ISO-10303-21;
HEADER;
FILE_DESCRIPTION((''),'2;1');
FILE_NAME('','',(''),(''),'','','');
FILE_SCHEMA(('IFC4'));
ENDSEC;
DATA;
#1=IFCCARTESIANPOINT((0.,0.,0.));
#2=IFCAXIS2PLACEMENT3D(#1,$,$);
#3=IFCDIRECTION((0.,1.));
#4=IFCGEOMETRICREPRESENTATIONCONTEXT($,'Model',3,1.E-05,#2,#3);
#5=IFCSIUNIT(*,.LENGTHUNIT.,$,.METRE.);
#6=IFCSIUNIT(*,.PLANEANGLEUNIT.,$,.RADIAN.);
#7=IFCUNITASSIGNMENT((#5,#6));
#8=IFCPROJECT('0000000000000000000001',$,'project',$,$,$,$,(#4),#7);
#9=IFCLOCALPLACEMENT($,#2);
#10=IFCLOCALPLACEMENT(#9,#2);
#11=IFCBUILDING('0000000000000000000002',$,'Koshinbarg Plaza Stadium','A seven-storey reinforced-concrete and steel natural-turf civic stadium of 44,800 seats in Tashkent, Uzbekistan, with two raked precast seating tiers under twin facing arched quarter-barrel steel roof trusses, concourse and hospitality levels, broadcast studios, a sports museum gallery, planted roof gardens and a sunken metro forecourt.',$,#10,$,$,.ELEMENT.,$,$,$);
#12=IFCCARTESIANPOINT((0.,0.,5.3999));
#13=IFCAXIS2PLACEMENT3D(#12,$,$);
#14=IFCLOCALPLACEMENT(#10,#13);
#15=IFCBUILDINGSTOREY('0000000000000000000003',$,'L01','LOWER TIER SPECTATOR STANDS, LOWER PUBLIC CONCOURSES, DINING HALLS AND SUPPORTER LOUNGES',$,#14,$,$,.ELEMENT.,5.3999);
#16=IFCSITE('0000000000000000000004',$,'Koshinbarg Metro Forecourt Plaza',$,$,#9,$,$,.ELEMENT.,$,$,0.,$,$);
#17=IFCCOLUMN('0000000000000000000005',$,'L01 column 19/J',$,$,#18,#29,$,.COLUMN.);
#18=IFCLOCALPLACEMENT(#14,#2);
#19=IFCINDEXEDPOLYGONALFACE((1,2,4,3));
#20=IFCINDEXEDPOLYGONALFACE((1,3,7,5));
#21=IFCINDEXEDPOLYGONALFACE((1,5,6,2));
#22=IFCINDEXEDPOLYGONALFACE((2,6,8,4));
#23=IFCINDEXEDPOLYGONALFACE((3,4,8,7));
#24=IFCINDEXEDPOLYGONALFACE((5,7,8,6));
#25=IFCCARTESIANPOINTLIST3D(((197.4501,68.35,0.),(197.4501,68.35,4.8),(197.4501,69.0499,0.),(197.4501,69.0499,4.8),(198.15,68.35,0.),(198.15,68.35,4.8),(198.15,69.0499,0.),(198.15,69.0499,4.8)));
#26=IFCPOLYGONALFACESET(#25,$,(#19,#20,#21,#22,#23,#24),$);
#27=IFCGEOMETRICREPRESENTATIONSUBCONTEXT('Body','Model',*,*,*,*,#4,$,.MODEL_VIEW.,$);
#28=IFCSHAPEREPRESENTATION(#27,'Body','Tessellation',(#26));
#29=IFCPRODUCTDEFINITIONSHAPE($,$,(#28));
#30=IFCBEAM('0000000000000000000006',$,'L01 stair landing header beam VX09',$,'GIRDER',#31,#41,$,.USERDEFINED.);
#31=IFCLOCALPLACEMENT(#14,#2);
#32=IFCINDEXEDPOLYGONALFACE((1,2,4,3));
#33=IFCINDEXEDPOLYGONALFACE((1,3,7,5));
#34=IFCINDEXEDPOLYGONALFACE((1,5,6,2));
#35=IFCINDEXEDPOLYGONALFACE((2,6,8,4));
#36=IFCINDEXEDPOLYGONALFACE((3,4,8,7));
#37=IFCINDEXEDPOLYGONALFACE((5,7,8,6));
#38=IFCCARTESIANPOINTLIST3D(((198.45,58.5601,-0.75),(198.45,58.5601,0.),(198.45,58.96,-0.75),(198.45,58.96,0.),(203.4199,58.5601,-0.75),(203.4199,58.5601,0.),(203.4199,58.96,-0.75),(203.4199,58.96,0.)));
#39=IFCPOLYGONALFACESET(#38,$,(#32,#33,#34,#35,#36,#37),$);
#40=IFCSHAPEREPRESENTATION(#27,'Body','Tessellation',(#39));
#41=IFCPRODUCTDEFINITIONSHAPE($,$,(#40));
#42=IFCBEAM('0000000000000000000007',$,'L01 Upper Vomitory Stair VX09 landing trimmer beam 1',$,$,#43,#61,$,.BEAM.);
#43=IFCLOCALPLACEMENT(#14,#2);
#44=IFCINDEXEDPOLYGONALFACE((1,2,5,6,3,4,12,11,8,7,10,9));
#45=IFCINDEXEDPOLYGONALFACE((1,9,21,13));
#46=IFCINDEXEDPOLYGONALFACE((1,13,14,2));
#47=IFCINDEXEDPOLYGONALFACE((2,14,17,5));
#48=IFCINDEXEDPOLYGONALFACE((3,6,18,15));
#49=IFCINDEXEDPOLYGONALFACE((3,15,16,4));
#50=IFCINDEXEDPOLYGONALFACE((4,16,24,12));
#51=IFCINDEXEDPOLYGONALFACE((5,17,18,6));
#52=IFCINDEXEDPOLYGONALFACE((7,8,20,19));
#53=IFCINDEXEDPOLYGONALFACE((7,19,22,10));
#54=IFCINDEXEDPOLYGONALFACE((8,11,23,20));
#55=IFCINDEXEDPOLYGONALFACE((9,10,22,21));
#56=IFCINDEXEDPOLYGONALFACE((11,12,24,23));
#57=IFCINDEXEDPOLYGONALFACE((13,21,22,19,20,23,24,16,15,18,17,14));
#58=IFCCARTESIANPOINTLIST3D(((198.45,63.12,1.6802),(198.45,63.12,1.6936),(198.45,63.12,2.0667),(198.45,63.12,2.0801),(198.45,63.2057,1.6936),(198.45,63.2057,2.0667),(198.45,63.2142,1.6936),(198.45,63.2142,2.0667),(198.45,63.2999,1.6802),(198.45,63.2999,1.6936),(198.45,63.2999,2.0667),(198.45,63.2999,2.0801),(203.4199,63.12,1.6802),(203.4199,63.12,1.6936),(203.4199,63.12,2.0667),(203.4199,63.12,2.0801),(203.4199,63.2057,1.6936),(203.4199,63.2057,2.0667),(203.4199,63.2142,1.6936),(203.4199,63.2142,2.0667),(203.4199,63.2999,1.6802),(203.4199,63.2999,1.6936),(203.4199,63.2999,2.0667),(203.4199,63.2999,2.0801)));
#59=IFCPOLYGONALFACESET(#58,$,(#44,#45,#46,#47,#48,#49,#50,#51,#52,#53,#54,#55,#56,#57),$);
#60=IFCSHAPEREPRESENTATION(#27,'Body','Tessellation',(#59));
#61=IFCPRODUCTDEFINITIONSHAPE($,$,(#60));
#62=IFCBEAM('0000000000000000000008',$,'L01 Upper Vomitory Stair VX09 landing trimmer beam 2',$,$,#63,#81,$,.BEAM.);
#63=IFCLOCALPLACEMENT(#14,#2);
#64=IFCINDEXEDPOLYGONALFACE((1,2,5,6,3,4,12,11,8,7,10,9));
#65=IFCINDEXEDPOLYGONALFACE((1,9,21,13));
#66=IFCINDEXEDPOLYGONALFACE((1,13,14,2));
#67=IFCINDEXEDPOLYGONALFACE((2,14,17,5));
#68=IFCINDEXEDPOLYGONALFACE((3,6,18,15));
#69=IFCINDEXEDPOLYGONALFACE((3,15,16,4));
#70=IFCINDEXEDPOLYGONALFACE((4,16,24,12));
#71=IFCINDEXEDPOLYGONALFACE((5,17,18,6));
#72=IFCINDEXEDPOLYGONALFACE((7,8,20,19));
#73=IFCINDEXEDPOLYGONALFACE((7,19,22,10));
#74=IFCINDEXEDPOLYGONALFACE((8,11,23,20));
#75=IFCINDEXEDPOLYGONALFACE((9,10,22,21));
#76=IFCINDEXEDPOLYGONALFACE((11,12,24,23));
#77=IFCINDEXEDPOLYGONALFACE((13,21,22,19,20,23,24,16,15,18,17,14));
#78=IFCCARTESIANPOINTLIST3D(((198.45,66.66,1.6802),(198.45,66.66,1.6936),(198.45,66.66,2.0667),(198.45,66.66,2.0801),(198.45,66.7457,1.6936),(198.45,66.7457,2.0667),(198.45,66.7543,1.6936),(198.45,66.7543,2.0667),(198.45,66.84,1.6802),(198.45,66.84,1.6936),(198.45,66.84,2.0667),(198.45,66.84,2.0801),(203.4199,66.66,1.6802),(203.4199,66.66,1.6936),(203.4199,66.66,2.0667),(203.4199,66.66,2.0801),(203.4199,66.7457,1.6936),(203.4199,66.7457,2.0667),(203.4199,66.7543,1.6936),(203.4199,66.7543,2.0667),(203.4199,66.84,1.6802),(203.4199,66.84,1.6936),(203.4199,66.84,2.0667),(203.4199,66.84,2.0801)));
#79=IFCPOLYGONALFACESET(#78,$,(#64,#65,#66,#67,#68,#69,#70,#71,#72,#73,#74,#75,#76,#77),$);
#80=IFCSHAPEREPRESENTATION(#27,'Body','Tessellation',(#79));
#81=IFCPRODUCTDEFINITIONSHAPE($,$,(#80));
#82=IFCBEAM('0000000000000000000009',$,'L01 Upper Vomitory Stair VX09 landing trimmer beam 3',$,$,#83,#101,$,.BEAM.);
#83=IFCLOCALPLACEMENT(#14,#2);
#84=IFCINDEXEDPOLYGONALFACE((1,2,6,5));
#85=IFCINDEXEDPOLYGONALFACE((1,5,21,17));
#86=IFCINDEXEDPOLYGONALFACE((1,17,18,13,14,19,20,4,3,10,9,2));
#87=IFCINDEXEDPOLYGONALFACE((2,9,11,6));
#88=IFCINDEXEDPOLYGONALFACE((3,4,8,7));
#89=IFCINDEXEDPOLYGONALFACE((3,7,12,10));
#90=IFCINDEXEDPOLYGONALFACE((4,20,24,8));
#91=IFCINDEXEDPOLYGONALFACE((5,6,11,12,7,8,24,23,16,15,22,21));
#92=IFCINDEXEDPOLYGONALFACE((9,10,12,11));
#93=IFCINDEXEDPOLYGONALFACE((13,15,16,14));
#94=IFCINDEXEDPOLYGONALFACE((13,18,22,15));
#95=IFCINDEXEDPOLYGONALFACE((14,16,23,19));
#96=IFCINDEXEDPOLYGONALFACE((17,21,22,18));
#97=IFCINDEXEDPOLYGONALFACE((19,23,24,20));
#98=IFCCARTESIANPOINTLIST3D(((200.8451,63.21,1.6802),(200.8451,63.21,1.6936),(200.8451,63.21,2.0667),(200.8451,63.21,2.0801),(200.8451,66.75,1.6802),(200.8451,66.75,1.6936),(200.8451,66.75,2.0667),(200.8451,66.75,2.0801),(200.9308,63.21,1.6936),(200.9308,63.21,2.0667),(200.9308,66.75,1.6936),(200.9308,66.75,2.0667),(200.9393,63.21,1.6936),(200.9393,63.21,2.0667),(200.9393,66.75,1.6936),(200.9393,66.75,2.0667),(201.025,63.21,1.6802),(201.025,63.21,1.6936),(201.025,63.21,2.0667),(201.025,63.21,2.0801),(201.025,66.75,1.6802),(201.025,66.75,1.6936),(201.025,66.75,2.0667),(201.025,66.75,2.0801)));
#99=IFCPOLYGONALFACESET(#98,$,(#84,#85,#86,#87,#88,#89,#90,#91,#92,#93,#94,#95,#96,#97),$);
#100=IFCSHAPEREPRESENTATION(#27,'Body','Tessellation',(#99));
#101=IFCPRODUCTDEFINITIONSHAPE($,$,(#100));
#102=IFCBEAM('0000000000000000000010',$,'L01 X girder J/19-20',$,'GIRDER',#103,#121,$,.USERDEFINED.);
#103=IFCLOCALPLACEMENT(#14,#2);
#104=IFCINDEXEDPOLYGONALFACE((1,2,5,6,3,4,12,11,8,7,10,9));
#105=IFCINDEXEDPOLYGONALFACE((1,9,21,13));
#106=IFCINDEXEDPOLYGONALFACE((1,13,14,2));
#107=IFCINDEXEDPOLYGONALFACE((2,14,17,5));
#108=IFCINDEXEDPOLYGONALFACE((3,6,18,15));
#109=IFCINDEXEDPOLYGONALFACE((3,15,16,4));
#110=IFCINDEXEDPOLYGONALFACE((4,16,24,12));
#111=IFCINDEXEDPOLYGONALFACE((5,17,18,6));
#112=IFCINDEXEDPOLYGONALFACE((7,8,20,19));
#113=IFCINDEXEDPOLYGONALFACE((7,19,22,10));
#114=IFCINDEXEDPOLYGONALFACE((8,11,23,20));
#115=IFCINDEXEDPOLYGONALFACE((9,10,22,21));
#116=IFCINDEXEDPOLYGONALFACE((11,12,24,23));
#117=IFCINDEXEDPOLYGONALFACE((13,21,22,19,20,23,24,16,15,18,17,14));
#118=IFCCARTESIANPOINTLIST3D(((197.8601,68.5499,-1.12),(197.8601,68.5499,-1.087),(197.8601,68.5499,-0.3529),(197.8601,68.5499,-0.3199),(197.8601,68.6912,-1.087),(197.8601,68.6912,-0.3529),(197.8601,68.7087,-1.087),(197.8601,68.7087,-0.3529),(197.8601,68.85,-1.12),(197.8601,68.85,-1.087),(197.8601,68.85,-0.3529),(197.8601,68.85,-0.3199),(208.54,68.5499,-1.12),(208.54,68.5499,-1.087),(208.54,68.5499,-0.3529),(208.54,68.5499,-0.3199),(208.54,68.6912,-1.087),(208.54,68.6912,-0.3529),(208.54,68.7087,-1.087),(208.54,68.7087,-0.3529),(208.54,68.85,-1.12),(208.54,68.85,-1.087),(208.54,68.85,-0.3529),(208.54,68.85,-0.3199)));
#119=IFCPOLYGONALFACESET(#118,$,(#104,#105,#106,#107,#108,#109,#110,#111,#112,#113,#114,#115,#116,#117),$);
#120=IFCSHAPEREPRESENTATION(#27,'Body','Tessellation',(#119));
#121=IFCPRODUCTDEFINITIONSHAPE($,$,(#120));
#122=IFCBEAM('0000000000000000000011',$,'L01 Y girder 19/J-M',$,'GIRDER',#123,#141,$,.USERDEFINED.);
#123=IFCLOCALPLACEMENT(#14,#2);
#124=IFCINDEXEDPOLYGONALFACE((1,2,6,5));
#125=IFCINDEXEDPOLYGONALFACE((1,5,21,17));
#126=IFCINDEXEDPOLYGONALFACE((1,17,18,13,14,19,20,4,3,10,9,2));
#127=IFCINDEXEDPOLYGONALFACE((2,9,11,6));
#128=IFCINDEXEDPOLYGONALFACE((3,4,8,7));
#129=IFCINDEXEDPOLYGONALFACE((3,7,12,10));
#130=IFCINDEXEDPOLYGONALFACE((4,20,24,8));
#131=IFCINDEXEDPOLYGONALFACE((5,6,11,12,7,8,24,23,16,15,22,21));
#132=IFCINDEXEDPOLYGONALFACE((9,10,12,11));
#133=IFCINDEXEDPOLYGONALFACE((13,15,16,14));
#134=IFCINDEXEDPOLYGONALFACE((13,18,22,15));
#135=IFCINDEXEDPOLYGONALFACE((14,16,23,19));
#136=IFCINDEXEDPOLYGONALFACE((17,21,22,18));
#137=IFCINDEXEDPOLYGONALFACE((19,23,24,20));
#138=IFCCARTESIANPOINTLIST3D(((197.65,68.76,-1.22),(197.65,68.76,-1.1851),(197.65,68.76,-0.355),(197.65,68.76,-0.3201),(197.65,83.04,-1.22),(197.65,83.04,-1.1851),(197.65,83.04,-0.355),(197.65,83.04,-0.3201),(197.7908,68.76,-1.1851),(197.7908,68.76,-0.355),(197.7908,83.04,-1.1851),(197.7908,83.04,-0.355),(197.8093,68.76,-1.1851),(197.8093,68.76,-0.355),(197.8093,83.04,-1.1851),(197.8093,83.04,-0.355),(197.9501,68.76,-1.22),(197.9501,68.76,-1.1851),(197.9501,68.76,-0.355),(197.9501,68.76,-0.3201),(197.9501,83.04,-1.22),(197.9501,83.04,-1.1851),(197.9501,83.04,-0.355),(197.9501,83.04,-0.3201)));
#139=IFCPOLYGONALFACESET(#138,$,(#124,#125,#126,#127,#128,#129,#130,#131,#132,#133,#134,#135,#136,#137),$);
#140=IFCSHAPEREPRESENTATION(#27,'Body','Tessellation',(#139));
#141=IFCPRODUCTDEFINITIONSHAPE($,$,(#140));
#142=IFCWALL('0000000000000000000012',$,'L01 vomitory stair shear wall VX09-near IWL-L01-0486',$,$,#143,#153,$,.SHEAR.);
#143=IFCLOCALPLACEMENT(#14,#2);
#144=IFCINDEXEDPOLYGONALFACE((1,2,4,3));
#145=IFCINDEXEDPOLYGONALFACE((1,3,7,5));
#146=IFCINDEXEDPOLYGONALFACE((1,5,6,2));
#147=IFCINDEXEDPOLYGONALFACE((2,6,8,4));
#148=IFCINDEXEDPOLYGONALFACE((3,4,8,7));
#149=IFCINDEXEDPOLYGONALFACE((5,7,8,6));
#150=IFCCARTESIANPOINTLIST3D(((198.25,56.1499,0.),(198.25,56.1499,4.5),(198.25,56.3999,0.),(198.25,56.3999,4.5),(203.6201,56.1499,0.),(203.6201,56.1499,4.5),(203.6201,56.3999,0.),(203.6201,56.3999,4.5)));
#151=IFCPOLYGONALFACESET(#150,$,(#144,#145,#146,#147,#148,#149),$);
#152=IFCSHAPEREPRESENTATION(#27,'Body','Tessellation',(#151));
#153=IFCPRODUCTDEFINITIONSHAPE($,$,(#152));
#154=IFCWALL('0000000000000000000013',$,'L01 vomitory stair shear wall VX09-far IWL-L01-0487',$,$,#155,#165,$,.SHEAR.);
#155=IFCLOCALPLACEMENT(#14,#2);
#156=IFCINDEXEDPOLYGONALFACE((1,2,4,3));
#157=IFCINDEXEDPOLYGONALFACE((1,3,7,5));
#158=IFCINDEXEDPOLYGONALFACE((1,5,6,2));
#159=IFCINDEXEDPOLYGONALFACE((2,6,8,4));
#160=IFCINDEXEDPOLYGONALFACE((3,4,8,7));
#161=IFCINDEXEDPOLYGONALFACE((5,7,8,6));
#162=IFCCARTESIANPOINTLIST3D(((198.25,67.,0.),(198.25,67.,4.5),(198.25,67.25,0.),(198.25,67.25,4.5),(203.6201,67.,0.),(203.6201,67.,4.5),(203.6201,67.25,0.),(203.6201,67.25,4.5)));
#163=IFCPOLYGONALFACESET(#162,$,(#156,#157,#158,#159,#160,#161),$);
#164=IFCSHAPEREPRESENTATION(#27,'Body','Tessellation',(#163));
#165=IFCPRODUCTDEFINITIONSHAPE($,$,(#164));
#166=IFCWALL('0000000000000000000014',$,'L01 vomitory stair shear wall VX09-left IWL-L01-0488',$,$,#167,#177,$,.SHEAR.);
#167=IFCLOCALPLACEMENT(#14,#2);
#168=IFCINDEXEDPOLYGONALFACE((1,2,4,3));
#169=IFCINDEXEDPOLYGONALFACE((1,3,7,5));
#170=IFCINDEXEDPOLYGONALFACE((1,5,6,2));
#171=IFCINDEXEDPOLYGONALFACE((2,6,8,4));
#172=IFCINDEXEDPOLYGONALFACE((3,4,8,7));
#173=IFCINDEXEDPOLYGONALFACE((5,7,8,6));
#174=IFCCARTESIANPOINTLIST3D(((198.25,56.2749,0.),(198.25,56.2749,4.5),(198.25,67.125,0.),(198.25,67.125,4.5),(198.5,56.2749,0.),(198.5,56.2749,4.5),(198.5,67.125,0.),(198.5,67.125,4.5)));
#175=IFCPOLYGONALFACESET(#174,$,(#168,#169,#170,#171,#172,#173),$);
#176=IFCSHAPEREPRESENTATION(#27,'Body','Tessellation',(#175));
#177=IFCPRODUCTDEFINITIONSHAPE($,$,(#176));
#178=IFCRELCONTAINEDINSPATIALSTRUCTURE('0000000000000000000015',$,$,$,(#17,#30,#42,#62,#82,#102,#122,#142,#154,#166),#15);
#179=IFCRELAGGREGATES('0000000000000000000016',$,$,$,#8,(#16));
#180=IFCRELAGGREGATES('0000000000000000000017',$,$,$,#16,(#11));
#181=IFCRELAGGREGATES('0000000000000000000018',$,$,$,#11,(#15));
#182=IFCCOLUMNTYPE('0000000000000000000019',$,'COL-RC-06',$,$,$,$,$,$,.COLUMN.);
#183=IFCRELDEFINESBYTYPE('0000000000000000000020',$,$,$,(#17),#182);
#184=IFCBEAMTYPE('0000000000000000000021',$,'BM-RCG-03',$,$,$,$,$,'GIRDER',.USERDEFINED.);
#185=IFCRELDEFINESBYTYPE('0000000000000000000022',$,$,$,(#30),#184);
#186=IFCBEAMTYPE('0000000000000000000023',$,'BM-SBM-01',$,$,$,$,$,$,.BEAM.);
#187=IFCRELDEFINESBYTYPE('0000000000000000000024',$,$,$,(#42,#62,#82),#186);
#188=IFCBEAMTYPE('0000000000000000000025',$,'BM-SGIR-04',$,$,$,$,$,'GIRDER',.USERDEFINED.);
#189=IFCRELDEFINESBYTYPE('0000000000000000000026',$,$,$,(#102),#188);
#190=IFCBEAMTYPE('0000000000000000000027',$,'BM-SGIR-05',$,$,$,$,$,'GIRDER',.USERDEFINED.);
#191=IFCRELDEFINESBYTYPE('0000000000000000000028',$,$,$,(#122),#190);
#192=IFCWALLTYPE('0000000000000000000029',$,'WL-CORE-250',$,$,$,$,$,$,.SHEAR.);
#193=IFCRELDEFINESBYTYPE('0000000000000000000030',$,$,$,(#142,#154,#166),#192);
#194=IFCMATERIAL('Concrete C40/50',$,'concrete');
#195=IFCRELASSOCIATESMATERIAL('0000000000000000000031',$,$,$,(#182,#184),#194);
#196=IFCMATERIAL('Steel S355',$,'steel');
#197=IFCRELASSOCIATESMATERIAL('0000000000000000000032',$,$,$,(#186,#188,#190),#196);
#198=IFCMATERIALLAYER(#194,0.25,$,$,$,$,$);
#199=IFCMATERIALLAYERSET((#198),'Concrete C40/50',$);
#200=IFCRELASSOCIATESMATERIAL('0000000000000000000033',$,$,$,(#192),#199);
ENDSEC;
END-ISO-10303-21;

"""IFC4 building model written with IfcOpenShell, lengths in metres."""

from ifc_helpers import new_model, si_unit, direction, frame, frame_2d, origin, origin_2d, place, context, subcontext, project, spatial, rectangle, i_section, extrude, material, layer, layer_set, material_profile, profile_set, type_object, element, save


model = new_model("IFC4")

# Units and contexts
model_context = context("Model", 3, precision=1e-05, world=origin(), true_north=direction((0.0, 1.0)))
body_context = subcontext(model_context, "Body", "Model", "MODEL_VIEW")
ifc_project = project(units=[si_unit("LENGTHUNIT", "METRE"), si_unit("PLANEANGLEUNIT", "RADIAN")], contexts=[model_context])

# Site, building, storey
site_placement = place(None, origin())
site = spatial("IfcSite", under=ifc_project, at=site_placement, Name="Koshinbarg Metro Forecourt Plaza", CompositionType="ELEMENT", RefElevation=0.0)
building_placement = place(site_placement, origin())
building = spatial("IfcBuilding", under=site, at=building_placement, Name="Koshinbarg Plaza Stadium", Description="A seven-storey reinforced-concrete and steel natural-turf civic stadium of 44,800 seats in Tashkent, Uzbekistan, with two raked precast seating tiers under twin facing arched quarter-barrel steel roof trusses, concourse and hospitality levels, broadcast studios, a sports museum gallery, planted roof gardens and a sunken metro forecourt.", CompositionType="ELEMENT")
storey_placement = place(building_placement, frame((0.0, 0.0, 5.3999)))
storey = spatial("IfcBuildingStorey", under=building, at=storey_placement, Name="L01", Description="LOWER TIER SPECTATOR STANDS, LOWER PUBLIC CONCOURSES, DINING HALLS AND SUPPORTER LOUNGES", CompositionType="ELEMENT", Elevation=5.3999)

# Column
ifc_material_1 = material(Name="Concrete C40/50", Category="concrete")
ifc_material_profile_1 = material_profile(ifc_material_1, rectangle(XDim=0.7, YDim=0.7, at=origin_2d()), Name="RC 700x700")
ifc_profile_set_1 = profile_set([ifc_material_profile_1], Name="Concrete C40/50")
column_type = type_object("IfcColumnType", Name="COL-RC-06", PredefinedType="COLUMN", material=ifc_profile_set_1)
column_placement = place(storey_placement, frame((197.8, 68.7, 0.0), z_axis=(0.0, 0.0, 1.0), x_axis=(1.0, 0.0, 0.0)))
element("IfcColumn", 1, at=column_placement, inside=storey, type_object=column_type, Name="L01 column 19/J", PredefinedType="COLUMN", context=body_context, shape_type="SweptSolid", body=[
    extrude(rectangle(XDim=0.7, YDim=0.7, at=origin_2d()), origin(), (0.0, 0.0, 1.0), 4.8),
])

# Beams
ifc_material_profile_2 = material_profile(ifc_material_1, rectangle(XDim=0.3999, YDim=0.75, at=origin_2d()), Name="RC 400x750")
ifc_profile_set_2 = profile_set([ifc_material_profile_2], Name="Concrete C40/50")
beam_type_1 = type_object("IfcBeamType", Name="BM-RCG-03", ElementType="GIRDER", PredefinedType="USERDEFINED", material=ifc_profile_set_2)
beam_1_placement = place(storey_placement, frame((198.45, 58.76, -0.375), z_axis=(1.0, 0.0, 0.0), x_axis=(0.0, 1.0, 0.0)))
element("IfcBeam", 2, at=beam_1_placement, inside=storey, type_object=beam_type_1, Name="L01 stair landing header beam VX09", ObjectType="GIRDER", PredefinedType="USERDEFINED", context=body_context, shape_type="SweptSolid", body=[
    extrude(rectangle(XDim=0.3999, YDim=0.75, at=origin_2d()), origin(), (0.0, 0.0, 1.0), 4.97),
])
ifc_material_2 = material(Name="Steel S355", Category="steel")
ifc_material_profile_3 = material_profile(ifc_material_2, i_section(OverallWidth=0.1799, OverallDepth=0.3999, WebThickness=0.0085, FlangeThickness=0.0134, at=origin_2d()), Name="IPE 400")
ifc_profile_set_3 = profile_set([ifc_material_profile_3], Name="Steel S355")
beam_type_2 = type_object("IfcBeamType", Name="BM-SBM-01", PredefinedType="BEAM", material=ifc_profile_set_3)
for number, where, z_axis, x_axis, name in (
    (3, (198.45, 63.21, 1.8801), (1.0, 0.0, 0.0), (0.0, 1.0, 0.0), "L01 Upper Vomitory Stair VX09 landing trimmer beam 1"),
    (4, (198.45, 66.75, 1.8801), (1.0, 0.0, 0.0), (0.0, 1.0, 0.0), "L01 Upper Vomitory Stair VX09 landing trimmer beam 2"),
):
    element("IfcBeam", number, at=place(storey_placement, frame(where, z_axis=z_axis, x_axis=x_axis)), inside=storey, type_object=beam_type_2, Name=name, PredefinedType="BEAM", context=body_context, shape_type="SweptSolid", body=[
        extrude(i_section(OverallWidth=0.1799, OverallDepth=0.3999, WebThickness=0.0085, FlangeThickness=0.0134, at=origin_2d()), origin(), (0.0, 0.0, 1.0), 4.97),
    ])
beam_2_placement = place(storey_placement, frame((200.9351, 63.21, 1.8801), z_axis=(0.0, 1.0, 0.0), x_axis=(-1.0, 0.0, 0.0)))
element("IfcBeam", 5, at=beam_2_placement, inside=storey, type_object=beam_type_2, Name="L01 Upper Vomitory Stair VX09 landing trimmer beam 3", PredefinedType="BEAM", context=body_context, shape_type="SweptSolid", body=[
    extrude(i_section(OverallWidth=0.1799, OverallDepth=0.3999, WebThickness=0.0085, FlangeThickness=0.0134, at=origin_2d()), origin(), (0.0, 0.0, 1.0), 3.54),
])
ifc_material_profile_4 = material_profile(ifc_material_2, i_section(OverallWidth=0.3, OverallDepth=0.8, WebThickness=0.0176, FlangeThickness=0.033, at=origin_2d()), Name="HEB 800")
ifc_profile_set_4 = profile_set([ifc_material_profile_4], Name="Steel S355")
beam_type_3 = type_object("IfcBeamType", Name="BM-SGIR-04", ElementType="GIRDER", PredefinedType="USERDEFINED", material=ifc_profile_set_4)
beam_3_placement = place(storey_placement, frame((197.8601, 68.7, -0.72), z_axis=(1.0, 0.0, 0.0), x_axis=(0.0, 1.0, 0.0)))
element("IfcBeam", 6, at=beam_3_placement, inside=storey, type_object=beam_type_3, Name="L01 X girder J/19-20", ObjectType="GIRDER", PredefinedType="USERDEFINED", context=body_context, shape_type="SweptSolid", body=[
    extrude(i_section(OverallWidth=0.3, OverallDepth=0.8, WebThickness=0.0176, FlangeThickness=0.033, at=origin_2d()), origin(), (0.0, 0.0, 1.0), 10.6799),
])
ifc_material_profile_5 = material_profile(ifc_material_2, i_section(OverallWidth=0.3, OverallDepth=0.8999, WebThickness=0.0186, FlangeThickness=0.0349, at=origin_2d()), Name="HEB 900")
ifc_profile_set_5 = profile_set([ifc_material_profile_5], Name="Steel S355")
beam_type_4 = type_object("IfcBeamType", Name="BM-SGIR-05", ElementType="GIRDER", PredefinedType="USERDEFINED", material=ifc_profile_set_5)
beam_4_placement = place(storey_placement, frame((197.8, 68.76, -0.77), z_axis=(0.0, 1.0, 0.0), x_axis=(-1.0, 0.0, 0.0)))
element("IfcBeam", 7, at=beam_4_placement, inside=storey, type_object=beam_type_4, Name="L01 Y girder 19/J-M", ObjectType="GIRDER", PredefinedType="USERDEFINED", context=body_context, shape_type="SweptSolid", body=[
    extrude(i_section(OverallWidth=0.3, OverallDepth=0.8999, WebThickness=0.0186, FlangeThickness=0.0349, at=origin_2d()), origin(), (0.0, 0.0, 1.0), 14.28),
])

# Walls
ifc_layer_1 = layer(ifc_material_1, 0.25)
ifc_layer_set_1 = layer_set([ifc_layer_1], Name="Concrete C40/50")
wall_type_1 = type_object("IfcWallType", Name="WL-CORE-250", PredefinedType="SHEAR", material=ifc_layer_set_1)
for number, where, z_axis, x_axis, name in (
    (8, (198.25, 56.2749, 0.0), (0.0, 0.0, 1.0), (1.0, 0.0, 0.0), "L01 vomitory stair shear wall VX09-near IWL-L01-0486"),
    (9, (203.6201, 67.125, 0.0), (0.0, 0.0, 1.0), (-1.0, 0.0, 0.0), "L01 vomitory stair shear wall VX09-far IWL-L01-0487"),
):
    element("IfcWall", number, at=place(storey_placement, frame(where, z_axis=z_axis, x_axis=x_axis)), inside=storey, type_object=wall_type_1, Name=name, PredefinedType="SHEAR", context=body_context, shape_type="SweptSolid", body=[
        extrude(rectangle(XDim=5.3701, YDim=0.25, at=frame_2d((2.6851, 0.0))), origin(), (0.0, 0.0, 1.0), 4.5),
    ])
wall_1_placement = place(storey_placement, frame((198.375, 56.2749, 0.0), z_axis=(0.0, 0.0, 1.0), x_axis=(0.0, 1.0, 0.0)))
element("IfcWall", 10, at=wall_1_placement, inside=storey, type_object=wall_type_1, Name="L01 vomitory stair shear wall VX09-left IWL-L01-0488", PredefinedType="SHEAR", context=body_context, shape_type="SweptSolid", body=[
    extrude(rectangle(XDim=10.8501, YDim=0.25, at=frame_2d((5.425, 0.0))), origin(), (0.0, 0.0, 1.0), 4.5),
])

save(model, "model.ifc")
